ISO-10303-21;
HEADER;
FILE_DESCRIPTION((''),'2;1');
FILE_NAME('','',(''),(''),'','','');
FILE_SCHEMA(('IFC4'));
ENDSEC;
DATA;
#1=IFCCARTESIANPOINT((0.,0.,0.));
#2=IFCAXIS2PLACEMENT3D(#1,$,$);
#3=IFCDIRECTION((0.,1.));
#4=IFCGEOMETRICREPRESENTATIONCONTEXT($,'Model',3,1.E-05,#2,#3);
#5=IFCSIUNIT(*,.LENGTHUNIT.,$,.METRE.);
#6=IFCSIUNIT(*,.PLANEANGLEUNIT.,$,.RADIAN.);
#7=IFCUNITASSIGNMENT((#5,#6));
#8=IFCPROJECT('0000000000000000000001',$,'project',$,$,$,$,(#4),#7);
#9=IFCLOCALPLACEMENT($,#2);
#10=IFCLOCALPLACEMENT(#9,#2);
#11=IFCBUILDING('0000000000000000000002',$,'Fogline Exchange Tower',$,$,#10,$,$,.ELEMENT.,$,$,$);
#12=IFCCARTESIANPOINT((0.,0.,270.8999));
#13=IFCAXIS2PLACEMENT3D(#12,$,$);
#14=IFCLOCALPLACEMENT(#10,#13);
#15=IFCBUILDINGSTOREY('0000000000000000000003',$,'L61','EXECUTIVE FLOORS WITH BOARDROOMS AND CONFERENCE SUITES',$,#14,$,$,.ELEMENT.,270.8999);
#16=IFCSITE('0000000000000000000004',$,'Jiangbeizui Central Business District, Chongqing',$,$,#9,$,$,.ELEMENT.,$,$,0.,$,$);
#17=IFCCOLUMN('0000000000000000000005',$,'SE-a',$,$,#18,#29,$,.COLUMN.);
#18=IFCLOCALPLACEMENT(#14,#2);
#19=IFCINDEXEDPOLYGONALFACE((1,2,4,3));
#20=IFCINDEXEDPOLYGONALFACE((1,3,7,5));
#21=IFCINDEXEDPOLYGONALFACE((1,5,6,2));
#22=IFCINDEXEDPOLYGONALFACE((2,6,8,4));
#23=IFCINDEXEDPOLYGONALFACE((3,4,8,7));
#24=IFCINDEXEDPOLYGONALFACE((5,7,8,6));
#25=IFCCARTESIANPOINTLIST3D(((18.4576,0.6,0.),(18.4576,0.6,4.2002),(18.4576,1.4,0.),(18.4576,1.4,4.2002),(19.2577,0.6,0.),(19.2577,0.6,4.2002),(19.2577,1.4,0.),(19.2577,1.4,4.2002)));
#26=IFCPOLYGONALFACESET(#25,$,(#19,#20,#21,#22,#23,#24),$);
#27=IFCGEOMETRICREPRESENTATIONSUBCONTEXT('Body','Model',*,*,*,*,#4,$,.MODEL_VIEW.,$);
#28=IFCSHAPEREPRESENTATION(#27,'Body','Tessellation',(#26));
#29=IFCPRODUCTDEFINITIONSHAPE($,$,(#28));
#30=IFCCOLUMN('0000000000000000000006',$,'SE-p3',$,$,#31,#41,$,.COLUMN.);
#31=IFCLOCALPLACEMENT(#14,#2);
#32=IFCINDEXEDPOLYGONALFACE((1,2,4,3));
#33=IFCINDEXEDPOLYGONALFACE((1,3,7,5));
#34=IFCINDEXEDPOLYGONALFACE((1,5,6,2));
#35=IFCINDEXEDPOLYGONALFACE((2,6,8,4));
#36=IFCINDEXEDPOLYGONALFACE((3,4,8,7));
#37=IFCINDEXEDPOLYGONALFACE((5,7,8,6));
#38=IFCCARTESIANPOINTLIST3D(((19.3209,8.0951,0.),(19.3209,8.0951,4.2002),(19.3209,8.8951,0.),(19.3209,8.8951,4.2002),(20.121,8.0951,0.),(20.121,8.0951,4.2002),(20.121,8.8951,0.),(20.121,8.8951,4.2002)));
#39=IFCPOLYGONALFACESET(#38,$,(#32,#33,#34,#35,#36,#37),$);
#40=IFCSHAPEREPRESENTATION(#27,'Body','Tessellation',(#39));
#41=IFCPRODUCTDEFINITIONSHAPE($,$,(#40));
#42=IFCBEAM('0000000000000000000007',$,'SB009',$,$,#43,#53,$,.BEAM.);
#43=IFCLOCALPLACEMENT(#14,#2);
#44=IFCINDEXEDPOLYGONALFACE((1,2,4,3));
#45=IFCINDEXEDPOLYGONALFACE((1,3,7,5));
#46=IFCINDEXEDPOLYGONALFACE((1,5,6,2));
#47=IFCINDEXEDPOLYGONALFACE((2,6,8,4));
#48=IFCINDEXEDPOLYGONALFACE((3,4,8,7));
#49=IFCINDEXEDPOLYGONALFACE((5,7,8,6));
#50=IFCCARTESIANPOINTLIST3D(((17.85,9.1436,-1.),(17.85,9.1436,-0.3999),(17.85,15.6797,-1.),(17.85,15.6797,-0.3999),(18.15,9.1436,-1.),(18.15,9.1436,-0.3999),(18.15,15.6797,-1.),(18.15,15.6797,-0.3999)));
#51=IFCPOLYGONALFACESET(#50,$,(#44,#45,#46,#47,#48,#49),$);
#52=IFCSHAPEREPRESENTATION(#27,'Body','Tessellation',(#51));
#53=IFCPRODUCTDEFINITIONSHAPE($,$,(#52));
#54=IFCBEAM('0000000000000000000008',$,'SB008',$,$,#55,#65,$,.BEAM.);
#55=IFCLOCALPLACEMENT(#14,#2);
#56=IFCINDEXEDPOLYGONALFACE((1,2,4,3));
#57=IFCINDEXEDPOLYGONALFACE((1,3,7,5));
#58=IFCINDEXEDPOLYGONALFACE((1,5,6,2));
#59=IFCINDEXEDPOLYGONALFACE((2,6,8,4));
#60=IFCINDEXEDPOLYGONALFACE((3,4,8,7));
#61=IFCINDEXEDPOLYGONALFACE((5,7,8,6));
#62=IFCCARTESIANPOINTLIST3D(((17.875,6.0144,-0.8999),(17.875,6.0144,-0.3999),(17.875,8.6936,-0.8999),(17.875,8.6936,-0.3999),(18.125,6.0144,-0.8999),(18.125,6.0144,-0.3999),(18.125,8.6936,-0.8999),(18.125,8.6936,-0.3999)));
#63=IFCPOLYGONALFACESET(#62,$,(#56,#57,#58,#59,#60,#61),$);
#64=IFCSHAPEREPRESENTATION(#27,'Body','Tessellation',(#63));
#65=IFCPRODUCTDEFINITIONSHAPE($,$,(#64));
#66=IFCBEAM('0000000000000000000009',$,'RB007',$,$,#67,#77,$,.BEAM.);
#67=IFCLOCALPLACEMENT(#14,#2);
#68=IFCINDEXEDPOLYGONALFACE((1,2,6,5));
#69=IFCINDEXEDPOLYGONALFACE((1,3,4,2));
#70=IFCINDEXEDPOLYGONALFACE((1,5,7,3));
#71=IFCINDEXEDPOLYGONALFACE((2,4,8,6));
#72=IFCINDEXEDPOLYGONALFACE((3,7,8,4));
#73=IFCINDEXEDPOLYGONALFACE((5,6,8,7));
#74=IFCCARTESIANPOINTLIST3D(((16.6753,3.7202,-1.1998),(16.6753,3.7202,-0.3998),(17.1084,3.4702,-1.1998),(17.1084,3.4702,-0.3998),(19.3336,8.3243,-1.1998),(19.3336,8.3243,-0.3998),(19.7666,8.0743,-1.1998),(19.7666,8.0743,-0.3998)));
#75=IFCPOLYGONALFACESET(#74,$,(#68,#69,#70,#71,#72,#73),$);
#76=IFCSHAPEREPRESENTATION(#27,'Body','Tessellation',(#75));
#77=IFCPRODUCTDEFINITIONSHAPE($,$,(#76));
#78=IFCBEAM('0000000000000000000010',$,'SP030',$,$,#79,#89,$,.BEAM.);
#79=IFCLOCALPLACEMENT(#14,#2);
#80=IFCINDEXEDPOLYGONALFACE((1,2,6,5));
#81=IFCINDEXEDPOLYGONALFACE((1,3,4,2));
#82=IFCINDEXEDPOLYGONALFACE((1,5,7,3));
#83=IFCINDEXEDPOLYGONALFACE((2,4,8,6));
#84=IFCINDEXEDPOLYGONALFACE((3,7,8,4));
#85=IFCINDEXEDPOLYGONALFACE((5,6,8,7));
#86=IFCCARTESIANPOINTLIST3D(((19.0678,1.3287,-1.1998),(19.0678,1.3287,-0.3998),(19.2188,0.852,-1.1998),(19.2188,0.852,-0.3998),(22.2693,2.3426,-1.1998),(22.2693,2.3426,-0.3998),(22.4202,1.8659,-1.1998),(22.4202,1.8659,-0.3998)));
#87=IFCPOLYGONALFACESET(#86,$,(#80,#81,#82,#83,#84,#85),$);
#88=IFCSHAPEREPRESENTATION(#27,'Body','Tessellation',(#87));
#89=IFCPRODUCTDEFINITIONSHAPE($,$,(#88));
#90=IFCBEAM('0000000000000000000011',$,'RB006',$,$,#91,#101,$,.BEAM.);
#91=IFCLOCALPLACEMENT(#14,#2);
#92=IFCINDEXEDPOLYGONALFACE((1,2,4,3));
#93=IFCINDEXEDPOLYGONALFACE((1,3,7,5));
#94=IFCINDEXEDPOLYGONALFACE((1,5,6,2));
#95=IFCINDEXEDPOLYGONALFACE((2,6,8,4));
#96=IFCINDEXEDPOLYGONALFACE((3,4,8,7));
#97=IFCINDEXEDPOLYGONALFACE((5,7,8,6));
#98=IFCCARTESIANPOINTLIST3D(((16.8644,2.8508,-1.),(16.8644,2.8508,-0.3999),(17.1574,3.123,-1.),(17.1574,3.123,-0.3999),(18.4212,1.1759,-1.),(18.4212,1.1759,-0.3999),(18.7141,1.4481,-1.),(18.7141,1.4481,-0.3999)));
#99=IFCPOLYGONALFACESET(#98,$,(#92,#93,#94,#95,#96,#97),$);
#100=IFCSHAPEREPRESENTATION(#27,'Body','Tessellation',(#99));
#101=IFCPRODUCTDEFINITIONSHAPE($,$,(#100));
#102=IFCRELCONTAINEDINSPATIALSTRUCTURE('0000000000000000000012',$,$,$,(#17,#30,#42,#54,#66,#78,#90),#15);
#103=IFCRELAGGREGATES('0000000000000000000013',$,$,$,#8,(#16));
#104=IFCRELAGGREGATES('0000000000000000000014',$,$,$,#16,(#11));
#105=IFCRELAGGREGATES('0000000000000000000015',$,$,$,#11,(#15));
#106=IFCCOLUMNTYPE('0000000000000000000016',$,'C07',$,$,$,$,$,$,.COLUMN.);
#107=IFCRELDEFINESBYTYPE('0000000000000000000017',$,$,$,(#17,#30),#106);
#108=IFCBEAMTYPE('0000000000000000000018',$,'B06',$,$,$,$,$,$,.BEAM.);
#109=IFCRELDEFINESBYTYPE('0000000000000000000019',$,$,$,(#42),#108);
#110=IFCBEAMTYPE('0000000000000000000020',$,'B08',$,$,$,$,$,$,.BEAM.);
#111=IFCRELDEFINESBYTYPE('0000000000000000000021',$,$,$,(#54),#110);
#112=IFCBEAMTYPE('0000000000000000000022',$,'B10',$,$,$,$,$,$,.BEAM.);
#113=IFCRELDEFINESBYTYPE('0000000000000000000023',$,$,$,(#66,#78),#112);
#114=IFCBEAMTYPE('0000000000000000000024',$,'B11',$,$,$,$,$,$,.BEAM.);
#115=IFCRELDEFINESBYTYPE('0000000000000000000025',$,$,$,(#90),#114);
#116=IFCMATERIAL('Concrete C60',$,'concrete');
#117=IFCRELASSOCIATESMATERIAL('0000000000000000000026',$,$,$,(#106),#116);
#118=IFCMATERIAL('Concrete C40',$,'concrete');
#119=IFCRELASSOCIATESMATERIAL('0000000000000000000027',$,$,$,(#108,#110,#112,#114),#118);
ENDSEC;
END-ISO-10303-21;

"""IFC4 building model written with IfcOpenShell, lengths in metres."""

from ifc_helpers import new_model, si_unit, direction, frame, origin, origin_2d, place, context, subcontext, project, spatial, rectangle, extrude, material, material_profile, profile_set, type_object, element, save


model = new_model("IFC4")

# Units and contexts
model_context = context("Model", 3, precision=1e-05, world=origin(), true_north=direction((0.0, 1.0)))
body_context = subcontext(model_context, "Body", "Model", "MODEL_VIEW")
ifc_project = project(units=[si_unit("LENGTHUNIT", "METRE"), si_unit("PLANEANGLEUNIT", "RADIAN")], contexts=[model_context])

# Site, building, storey
site_placement = place(None, origin())
site = spatial("IfcSite", under=ifc_project, at=site_placement, Name="Jiangbeizui Central Business District, Chongqing", CompositionType="ELEMENT", RefElevation=0.0)
building_placement = place(site_placement, origin())
building = spatial("IfcBuilding", under=site, at=building_placement, Name="Fogline Exchange Tower", CompositionType="ELEMENT")
storey_placement = place(building_placement, frame((0.0, 0.0, 270.8999)))
storey = spatial("IfcBuildingStorey", under=building, at=storey_placement, Name="L61", Description="EXECUTIVE FLOORS WITH BOARDROOMS AND CONFERENCE SUITES", CompositionType="ELEMENT", Elevation=270.8999)

# Columns
ifc_material_1 = material(Name="Concrete C60", Category="concrete")
ifc_material_profile_1 = material_profile(ifc_material_1, rectangle(XDim=0.8, YDim=0.8, at=origin_2d()), Name="RC 800x800")
ifc_profile_set_1 = profile_set([ifc_material_profile_1], Name="Concrete C60")
column_type = type_object("IfcColumnType", Name="C07", PredefinedType="COLUMN", material=ifc_profile_set_1)
for number, where, z_axis, x_axis, name in (
    (1, (18.8577, 1.0, 0.0), (0.0, 0.0, 1.0), (1.0, 0.0, 0.0), "SE-a"),
    (2, (19.7209, 8.4951, 0.0), (0.0, 0.0, 1.0), (1.0, 0.0, 0.0), "SE-p3"),
):
    element("IfcColumn", number, at=place(storey_placement, frame(where, z_axis=z_axis, x_axis=x_axis)), inside=storey, type_object=column_type, Name=name, PredefinedType="COLUMN", context=body_context, shape_type="SweptSolid", body=[
        extrude(rectangle(XDim=0.8, YDim=0.8, at=origin_2d()), origin(), (0.0, 0.0, 1.0), 4.2002),
    ])

# Beams
ifc_material_2 = material(Name="Concrete C40", Category="concrete")
ifc_material_profile_2 = material_profile(ifc_material_2, rectangle(XDim=0.3, YDim=0.6001, at=origin_2d()), Name="RC 300x600")
ifc_profile_set_2 = profile_set([ifc_material_profile_2], Name="Concrete C40")
beam_type_1 = type_object("IfcBeamType", Name="B06", PredefinedType="BEAM", material=ifc_profile_set_2)
beam_1_placement = place(storey_placement, frame((18.0, 9.1436, -0.7), z_axis=(0.0, 1.0, 0.0), x_axis=(-1.0, 0.0, 0.0)))
element("IfcBeam", 3, at=beam_1_placement, inside=storey, type_object=beam_type_1, Name="SB009", PredefinedType="BEAM", context=body_context, shape_type="SweptSolid", body=[
    extrude(rectangle(XDim=0.3, YDim=0.6001, at=origin_2d()), origin(), (0.0, 0.0, 1.0), 6.5361),
])
ifc_material_profile_3 = material_profile(ifc_material_2, rectangle(XDim=0.25, YDim=0.5, at=origin_2d()), Name="RC 250x500")
ifc_profile_set_3 = profile_set([ifc_material_profile_3], Name="Concrete C40")
beam_type_2 = type_object("IfcBeamType", Name="B08", PredefinedType="BEAM", material=ifc_profile_set_3)
beam_2_placement = place(storey_placement, frame((18.0, 6.0144, -0.6499), z_axis=(0.0, 1.0, 0.0), x_axis=(-1.0, 0.0, 0.0)))
element("IfcBeam", 4, at=beam_2_placement, inside=storey, type_object=beam_type_2, Name="SB008", PredefinedType="BEAM", context=body_context, shape_type="SweptSolid", body=[
    extrude(rectangle(XDim=0.25, YDim=0.5, at=origin_2d()), origin(), (0.0, 0.0, 1.0), 2.6792),
])
ifc_material_profile_4 = material_profile(ifc_material_2, rectangle(XDim=0.5, YDim=0.8, at=origin_2d()), Name="RC 500x800")
ifc_profile_set_4 = profile_set([ifc_material_profile_4], Name="Concrete C40")
beam_type_3 = type_object("IfcBeamType", Name="B10", PredefinedType="BEAM", material=ifc_profile_set_4)
beam_3_placement = place(storey_placement, frame((16.8918, 3.5952, -0.7998), z_axis=(0.500011, 0.866019, 0.0), x_axis=(-0.866019, 0.500011, 0.0)))
element("IfcBeam", 5, at=beam_3_placement, inside=storey, type_object=beam_type_3, Name="RB007", PredefinedType="BEAM", context=body_context, shape_type="SweptSolid", body=[
    extrude(rectangle(XDim=0.5, YDim=0.8, at=origin_2d()), origin(), (0.0, 0.0, 1.0), 5.3164),
])
beam_4_placement = place(storey_placement, frame((19.1433, 1.0903, -0.7998), z_axis=(0.953331, 0.301928, 0.0), x_axis=(-0.301928, 0.953331, 0.0)))
element("IfcBeam", 6, at=beam_4_placement, inside=storey, type_object=beam_type_3, Name="SP030", PredefinedType="BEAM", context=body_context, shape_type="SweptSolid", body=[
    extrude(rectangle(XDim=0.5, YDim=0.8, at=origin_2d()), origin(), (0.0, 0.0, 1.0), 3.3582),
])
ifc_material_profile_5 = material_profile(ifc_material_2, rectangle(XDim=0.3999, YDim=0.6001, at=origin_2d()), Name="RC 400x600")
ifc_profile_set_5 = profile_set([ifc_material_profile_5], Name="Concrete C40")
beam_type_4 = type_object("IfcBeamType", Name="B11", PredefinedType="BEAM", material=ifc_profile_set_5)
beam_5_placement = place(storey_placement, frame((18.5676, 1.312, -0.7), z_axis=(-0.680795, 0.732474, 0.0), x_axis=(-0.732474, -0.680795, 0.0)))
element("IfcBeam", 7, at=beam_5_placement, inside=storey, type_object=beam_type_4, Name="RB006", PredefinedType="BEAM", context=body_context, shape_type="SweptSolid", body=[
    extrude(rectangle(XDim=0.3999, YDim=0.6001, at=origin_2d()), origin(), (0.0, 0.0, 1.0), 2.2866),
])

save(model, "model.ifc")
